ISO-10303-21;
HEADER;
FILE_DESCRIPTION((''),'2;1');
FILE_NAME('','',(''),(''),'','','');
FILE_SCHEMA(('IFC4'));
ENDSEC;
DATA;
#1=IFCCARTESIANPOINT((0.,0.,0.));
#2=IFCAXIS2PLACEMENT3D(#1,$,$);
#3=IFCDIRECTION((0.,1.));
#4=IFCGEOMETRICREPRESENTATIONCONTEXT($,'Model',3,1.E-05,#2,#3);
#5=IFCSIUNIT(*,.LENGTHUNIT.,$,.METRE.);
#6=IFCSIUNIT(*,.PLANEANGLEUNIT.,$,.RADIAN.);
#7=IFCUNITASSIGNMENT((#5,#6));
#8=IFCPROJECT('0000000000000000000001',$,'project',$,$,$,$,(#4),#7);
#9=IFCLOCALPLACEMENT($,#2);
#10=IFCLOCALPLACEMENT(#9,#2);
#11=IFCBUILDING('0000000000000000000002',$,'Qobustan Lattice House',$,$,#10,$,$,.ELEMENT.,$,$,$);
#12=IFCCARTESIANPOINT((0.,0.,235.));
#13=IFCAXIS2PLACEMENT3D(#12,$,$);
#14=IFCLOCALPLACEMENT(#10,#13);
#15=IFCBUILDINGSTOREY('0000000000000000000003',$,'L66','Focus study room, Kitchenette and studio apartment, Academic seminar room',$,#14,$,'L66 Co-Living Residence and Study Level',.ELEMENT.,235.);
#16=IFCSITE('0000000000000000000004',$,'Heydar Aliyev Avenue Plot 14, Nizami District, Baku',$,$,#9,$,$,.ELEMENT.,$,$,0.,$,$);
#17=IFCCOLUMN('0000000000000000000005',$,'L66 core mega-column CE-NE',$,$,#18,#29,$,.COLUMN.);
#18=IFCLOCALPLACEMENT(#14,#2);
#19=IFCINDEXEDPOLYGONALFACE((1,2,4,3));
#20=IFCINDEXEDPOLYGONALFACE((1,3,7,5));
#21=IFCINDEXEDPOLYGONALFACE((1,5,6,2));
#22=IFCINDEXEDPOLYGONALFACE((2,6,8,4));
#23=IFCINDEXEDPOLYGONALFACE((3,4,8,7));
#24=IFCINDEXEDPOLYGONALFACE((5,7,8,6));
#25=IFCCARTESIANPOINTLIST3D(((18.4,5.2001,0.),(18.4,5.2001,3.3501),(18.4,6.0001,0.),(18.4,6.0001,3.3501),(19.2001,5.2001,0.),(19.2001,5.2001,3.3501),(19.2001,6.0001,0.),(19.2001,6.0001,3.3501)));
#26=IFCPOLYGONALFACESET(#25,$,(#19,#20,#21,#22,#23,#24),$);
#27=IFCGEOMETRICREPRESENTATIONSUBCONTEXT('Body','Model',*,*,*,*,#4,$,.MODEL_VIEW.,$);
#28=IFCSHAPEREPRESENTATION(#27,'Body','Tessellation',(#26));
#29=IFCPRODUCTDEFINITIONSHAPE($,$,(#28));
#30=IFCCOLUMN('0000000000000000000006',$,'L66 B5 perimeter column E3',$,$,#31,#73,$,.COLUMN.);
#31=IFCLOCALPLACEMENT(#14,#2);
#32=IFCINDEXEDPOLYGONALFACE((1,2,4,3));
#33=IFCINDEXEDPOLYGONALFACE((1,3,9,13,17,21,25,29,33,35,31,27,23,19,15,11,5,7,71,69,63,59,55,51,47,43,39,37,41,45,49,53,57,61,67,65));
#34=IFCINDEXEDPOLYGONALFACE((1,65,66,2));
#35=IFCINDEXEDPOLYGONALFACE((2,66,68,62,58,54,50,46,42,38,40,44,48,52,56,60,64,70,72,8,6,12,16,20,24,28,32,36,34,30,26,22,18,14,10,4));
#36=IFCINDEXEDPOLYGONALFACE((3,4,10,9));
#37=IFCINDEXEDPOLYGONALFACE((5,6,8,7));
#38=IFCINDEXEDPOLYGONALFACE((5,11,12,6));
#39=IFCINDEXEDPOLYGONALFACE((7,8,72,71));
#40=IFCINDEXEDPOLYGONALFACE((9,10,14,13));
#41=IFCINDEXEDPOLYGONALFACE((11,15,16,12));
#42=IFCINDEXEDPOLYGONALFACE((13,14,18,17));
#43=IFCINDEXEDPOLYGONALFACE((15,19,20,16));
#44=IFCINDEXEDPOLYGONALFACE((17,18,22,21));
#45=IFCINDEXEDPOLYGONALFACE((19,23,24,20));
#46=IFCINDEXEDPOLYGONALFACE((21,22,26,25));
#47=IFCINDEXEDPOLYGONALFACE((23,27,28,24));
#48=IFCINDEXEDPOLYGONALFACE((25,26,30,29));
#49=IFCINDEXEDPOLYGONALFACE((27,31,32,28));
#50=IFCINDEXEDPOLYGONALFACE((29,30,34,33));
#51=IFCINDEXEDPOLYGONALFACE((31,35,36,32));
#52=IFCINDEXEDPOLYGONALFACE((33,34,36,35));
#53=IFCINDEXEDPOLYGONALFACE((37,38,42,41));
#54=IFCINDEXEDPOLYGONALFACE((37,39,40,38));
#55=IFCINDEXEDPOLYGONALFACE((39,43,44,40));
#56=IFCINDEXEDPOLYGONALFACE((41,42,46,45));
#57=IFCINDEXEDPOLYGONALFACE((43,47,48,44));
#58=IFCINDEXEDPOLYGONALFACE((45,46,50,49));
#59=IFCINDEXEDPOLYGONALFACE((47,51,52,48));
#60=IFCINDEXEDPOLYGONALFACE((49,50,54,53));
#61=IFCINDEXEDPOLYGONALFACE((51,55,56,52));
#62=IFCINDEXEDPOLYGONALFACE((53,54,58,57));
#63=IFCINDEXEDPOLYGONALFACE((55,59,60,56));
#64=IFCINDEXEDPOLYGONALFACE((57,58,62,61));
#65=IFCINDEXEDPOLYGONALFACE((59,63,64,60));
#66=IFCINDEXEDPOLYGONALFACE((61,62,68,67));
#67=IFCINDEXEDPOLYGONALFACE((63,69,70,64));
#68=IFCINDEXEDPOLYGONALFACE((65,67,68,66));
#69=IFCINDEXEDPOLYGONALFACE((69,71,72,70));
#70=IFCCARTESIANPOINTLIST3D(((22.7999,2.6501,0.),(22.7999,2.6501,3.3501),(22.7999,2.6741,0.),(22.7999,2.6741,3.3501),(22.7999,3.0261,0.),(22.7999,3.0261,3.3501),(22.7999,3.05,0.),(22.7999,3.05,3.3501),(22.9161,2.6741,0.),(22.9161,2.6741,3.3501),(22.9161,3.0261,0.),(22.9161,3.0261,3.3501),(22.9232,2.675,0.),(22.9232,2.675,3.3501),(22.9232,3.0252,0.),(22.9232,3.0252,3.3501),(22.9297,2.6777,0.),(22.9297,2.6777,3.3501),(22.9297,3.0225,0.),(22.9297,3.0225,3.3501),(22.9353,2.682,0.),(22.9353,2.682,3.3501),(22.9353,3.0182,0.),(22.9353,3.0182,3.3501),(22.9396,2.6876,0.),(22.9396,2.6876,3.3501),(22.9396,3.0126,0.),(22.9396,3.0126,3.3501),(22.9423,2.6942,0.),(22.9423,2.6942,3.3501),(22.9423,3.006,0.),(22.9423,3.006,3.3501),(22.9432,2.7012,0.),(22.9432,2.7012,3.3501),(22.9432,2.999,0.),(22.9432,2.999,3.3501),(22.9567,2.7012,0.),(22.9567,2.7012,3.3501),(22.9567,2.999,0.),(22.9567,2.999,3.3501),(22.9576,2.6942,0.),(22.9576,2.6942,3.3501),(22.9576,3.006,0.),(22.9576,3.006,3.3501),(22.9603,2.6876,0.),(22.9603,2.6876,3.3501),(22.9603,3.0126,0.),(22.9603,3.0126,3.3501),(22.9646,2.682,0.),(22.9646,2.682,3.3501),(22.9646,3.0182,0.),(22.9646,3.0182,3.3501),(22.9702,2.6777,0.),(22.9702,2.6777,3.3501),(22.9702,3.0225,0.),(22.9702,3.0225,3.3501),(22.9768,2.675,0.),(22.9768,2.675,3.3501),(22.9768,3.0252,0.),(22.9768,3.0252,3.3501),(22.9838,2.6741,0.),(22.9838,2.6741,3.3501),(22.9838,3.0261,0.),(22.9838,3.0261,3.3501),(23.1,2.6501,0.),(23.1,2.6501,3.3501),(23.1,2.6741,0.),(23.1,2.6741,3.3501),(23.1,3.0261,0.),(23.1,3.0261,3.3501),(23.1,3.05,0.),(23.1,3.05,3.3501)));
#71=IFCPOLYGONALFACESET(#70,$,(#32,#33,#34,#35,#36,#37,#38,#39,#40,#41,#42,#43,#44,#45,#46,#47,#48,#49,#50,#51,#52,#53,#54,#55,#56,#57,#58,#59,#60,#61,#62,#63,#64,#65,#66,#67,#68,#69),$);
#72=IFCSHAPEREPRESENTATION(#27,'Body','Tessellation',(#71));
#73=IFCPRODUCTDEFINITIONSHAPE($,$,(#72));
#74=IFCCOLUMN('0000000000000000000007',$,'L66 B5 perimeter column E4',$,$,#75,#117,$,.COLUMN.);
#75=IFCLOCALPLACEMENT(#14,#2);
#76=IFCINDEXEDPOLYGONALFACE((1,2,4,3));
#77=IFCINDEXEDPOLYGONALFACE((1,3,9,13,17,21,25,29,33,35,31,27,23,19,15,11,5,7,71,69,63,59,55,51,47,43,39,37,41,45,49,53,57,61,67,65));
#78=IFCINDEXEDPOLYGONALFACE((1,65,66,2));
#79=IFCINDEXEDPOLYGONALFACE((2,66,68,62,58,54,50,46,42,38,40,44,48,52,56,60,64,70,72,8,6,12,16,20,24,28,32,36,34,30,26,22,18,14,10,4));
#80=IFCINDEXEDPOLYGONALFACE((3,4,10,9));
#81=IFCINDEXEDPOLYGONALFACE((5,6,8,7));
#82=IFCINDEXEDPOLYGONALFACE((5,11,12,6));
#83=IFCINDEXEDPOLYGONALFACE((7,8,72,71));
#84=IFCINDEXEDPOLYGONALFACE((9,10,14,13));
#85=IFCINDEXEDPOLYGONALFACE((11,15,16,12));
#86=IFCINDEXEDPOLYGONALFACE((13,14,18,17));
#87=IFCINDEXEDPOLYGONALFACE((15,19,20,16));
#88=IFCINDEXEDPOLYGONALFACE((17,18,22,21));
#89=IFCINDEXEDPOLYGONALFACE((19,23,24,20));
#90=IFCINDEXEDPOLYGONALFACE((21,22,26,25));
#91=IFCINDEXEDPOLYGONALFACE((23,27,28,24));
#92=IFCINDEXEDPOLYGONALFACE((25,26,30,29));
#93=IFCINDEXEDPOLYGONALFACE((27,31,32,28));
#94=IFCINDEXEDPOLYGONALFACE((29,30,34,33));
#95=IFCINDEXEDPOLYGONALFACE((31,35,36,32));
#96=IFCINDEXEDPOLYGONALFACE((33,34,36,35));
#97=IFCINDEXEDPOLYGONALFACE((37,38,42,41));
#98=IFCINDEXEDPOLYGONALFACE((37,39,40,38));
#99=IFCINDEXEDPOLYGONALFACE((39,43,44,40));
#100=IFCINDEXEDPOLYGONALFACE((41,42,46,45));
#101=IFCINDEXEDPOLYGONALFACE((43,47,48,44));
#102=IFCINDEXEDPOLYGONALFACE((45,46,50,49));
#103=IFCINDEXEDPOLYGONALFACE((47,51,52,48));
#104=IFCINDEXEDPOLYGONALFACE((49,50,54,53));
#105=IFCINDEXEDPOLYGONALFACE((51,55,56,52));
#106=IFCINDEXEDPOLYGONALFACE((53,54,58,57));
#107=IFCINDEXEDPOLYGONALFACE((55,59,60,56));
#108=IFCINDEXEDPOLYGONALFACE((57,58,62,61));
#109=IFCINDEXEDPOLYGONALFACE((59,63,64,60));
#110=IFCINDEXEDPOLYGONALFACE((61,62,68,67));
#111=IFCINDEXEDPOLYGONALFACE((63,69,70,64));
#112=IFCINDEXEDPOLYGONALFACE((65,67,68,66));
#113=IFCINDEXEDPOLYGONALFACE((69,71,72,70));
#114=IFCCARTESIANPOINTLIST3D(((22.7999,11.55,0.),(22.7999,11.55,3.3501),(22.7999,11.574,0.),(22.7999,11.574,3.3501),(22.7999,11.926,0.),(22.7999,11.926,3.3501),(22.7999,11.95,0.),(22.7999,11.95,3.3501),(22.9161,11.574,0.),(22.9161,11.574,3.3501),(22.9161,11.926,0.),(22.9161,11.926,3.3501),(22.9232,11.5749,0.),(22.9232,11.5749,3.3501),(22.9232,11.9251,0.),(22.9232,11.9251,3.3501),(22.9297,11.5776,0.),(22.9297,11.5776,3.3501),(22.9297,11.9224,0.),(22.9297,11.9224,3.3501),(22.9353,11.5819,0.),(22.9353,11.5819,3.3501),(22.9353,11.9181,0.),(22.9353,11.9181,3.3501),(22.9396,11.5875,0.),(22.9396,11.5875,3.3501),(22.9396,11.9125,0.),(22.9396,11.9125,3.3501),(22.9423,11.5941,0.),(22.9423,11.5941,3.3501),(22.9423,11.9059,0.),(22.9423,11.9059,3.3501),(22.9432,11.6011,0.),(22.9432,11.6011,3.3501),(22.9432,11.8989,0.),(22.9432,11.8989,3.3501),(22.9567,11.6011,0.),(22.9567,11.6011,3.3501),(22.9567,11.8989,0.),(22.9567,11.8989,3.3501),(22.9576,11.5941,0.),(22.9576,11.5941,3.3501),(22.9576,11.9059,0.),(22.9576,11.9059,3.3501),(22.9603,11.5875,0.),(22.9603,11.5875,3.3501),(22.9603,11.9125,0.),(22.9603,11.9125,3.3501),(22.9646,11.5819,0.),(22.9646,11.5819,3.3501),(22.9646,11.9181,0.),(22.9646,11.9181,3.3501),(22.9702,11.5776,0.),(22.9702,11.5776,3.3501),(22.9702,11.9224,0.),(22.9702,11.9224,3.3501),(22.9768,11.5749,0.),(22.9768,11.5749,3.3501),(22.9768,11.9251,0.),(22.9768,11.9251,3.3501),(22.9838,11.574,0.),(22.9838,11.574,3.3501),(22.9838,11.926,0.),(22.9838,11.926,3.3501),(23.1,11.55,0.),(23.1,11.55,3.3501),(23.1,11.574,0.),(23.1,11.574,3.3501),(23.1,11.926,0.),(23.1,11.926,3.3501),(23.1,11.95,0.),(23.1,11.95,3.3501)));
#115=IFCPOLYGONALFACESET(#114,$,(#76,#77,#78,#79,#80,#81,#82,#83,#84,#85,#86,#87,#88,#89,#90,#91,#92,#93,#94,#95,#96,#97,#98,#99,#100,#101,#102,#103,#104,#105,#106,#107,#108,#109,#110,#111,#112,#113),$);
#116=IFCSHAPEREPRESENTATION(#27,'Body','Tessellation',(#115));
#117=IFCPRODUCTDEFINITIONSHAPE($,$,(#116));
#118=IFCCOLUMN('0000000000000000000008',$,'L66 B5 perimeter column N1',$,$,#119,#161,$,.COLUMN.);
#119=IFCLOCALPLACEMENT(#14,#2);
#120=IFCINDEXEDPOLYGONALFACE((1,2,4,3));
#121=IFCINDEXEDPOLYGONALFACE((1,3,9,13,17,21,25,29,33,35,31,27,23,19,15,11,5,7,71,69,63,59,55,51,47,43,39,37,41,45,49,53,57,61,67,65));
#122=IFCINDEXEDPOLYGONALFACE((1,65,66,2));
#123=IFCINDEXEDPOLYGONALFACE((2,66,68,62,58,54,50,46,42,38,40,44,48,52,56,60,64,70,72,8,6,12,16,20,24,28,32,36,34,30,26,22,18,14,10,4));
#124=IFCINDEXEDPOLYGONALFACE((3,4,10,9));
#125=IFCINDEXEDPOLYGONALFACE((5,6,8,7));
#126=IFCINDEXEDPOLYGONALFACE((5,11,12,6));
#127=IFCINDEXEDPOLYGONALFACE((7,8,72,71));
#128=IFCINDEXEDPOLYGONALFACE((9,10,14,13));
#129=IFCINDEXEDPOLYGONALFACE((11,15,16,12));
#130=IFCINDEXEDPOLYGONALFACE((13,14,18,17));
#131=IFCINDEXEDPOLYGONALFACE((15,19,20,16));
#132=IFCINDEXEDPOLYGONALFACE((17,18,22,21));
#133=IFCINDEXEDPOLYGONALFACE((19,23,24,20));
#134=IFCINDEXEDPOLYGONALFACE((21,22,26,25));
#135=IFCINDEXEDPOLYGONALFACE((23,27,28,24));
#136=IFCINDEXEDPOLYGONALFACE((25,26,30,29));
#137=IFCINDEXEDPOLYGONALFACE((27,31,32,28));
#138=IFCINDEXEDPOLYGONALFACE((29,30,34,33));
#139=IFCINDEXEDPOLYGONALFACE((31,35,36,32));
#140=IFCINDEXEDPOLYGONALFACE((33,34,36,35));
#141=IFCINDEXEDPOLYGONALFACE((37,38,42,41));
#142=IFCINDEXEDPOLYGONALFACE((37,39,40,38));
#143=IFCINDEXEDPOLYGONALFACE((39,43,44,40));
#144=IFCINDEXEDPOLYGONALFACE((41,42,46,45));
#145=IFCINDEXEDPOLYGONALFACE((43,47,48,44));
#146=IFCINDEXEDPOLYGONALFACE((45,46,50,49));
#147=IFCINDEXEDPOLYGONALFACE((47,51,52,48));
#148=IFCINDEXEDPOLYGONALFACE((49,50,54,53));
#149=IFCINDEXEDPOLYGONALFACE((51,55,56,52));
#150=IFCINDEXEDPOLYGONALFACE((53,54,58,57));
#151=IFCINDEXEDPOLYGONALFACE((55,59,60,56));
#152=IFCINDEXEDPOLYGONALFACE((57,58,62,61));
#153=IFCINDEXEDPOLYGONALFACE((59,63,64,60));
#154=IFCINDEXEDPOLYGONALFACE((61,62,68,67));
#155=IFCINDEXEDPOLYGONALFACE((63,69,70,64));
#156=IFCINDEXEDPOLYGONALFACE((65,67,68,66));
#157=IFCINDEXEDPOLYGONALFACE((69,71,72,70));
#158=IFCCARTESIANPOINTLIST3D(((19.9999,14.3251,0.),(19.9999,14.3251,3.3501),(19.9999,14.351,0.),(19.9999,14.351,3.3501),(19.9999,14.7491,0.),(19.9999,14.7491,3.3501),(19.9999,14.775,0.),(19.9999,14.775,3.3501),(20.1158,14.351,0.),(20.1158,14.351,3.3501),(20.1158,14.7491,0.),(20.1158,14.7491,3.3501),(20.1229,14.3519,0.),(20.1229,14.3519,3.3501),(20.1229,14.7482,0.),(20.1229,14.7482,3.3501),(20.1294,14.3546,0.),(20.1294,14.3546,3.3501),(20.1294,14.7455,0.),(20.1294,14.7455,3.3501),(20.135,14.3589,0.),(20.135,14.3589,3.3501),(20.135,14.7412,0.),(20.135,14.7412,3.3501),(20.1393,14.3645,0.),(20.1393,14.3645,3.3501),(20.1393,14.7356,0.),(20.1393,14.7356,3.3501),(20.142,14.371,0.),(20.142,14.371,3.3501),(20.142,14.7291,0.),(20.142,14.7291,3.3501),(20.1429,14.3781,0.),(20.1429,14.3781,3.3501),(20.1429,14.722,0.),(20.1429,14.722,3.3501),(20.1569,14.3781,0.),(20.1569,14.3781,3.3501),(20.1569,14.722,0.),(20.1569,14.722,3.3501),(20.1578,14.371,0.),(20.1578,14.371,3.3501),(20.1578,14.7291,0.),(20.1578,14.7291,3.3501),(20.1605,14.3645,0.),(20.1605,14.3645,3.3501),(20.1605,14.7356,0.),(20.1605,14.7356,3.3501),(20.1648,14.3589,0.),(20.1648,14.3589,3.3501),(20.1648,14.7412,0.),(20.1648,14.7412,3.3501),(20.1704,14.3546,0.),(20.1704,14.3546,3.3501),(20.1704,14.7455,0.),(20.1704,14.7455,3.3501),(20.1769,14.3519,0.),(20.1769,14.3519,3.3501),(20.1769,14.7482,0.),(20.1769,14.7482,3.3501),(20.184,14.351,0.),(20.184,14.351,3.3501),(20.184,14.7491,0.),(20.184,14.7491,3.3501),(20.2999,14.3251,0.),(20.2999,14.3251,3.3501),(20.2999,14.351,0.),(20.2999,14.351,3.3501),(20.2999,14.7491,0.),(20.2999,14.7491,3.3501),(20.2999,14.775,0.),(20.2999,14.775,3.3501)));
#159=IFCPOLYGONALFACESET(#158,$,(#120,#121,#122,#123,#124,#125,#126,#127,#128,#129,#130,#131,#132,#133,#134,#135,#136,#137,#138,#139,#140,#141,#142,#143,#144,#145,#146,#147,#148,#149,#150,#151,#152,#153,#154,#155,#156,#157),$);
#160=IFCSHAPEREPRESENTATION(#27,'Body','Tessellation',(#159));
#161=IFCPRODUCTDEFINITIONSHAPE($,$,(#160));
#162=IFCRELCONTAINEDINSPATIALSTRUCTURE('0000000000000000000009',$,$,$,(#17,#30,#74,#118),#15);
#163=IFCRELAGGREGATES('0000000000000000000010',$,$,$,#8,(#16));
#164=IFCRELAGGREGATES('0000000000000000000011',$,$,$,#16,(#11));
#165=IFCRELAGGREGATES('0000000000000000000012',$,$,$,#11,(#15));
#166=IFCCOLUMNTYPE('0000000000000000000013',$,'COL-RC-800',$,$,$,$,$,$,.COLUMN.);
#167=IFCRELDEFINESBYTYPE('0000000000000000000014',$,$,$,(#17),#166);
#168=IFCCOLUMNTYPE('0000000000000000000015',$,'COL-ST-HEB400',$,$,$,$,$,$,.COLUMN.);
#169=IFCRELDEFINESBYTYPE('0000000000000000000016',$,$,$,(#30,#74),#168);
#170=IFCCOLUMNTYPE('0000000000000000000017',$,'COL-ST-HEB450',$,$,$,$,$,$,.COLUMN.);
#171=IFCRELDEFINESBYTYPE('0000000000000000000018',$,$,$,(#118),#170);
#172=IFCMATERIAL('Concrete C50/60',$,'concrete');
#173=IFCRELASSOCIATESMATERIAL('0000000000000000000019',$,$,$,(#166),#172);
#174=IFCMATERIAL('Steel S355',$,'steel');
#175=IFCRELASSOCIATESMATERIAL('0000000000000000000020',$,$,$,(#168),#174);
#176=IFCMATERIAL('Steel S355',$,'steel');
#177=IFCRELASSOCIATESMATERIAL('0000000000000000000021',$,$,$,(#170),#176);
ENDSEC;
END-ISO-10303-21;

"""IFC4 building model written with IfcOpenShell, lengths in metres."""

from ifc_helpers import new_model, si_unit, direction, frame, origin, origin_2d, place, context, subcontext, project, spatial, rectangle, i_section, extrude, material, material_profile, profile_set, type_object, element, save


model = new_model("IFC4")

# Units and contexts
model_context = context("Model", 3, precision=1e-05, world=origin(), true_north=direction((0.0, 1.0)))
body_context = subcontext(model_context, "Body", "Model", "MODEL_VIEW")
ifc_project = project(units=[si_unit("LENGTHUNIT", "METRE"), si_unit("PLANEANGLEUNIT", "RADIAN")], contexts=[model_context])

# Site, building, storey
site_placement = place(None, origin())
site = spatial("IfcSite", under=ifc_project, at=site_placement, Name="Heydar Aliyev Avenue Plot 14, Nizami District, Baku", CompositionType="ELEMENT", RefElevation=0.0)
building_placement = place(site_placement, origin())
building = spatial("IfcBuilding", under=site, at=building_placement, Name="Qobustan Lattice House", CompositionType="ELEMENT")
storey_placement = place(building_placement, frame((0.0, 0.0, 235.0)))
storey = spatial("IfcBuildingStorey", under=building, at=storey_placement, Name="L66", Description="Focus study room, Kitchenette and studio apartment, Academic seminar room", LongName="L66 Co-Living Residence and Study Level", CompositionType="ELEMENT", Elevation=235.0)

# Columns
ifc_material_1 = material(Name="Concrete C50/60", Category="concrete")
ifc_material_profile_1 = material_profile(ifc_material_1, rectangle(XDim=0.8, YDim=0.8, at=origin_2d()), Name="RC800x800")
ifc_profile_set_1 = profile_set([ifc_material_profile_1], Name="Concrete C50/60")
column_type_1 = type_object("IfcColumnType", Name="COL-RC-800", PredefinedType="COLUMN", material=ifc_profile_set_1)
column_1_placement = place(storey_placement, frame((18.8, 5.6001, 0.0), z_axis=(0.0, 0.0, 1.0), x_axis=(1.0, 0.0, 0.0)))
element("IfcColumn", 1, at=column_1_placement, inside=storey, type_object=column_type_1, Name="L66 core mega-column CE-NE", PredefinedType="COLUMN", context=body_context, shape_type="SweptSolid", body=[
    extrude(rectangle(XDim=0.8, YDim=0.8, at=origin_2d()), origin(), (0.0, 0.0, 1.0), 3.3501),
])
ifc_material_2 = material(Name="Steel S355", Category="steel")
ifc_material_profile_2 = material_profile(ifc_material_2, i_section(OverallWidth=0.3, OverallDepth=0.3999, WebThickness=0.0134, FlangeThickness=0.0239, FilletRadius=0.0271, at=origin_2d()), Name="HEB400")
ifc_profile_set_2 = profile_set([ifc_material_profile_2], Name="Steel S355")
column_type_2 = type_object("IfcColumnType", Name="COL-ST-HEB400", PredefinedType="COLUMN", material=ifc_profile_set_2)
for number, where, z_axis, x_axis, name in (
    (2, (22.95, 2.8501, 0.0), (0.0, 0.0, 1.0), (1.0, 0.0, 0.0), "L66 B5 perimeter column E3"),
    (3, (22.95, 11.75, 0.0), (0.0, 0.0, 1.0), (1.0, 0.0, 0.0), "L66 B5 perimeter column E4"),
):
    element("IfcColumn", number, at=place(storey_placement, frame(where, z_axis=z_axis, x_axis=x_axis)), inside=storey, type_object=column_type_2, Name=name, PredefinedType="COLUMN", context=body_context, shape_type="SweptSolid", body=[
        extrude(i_section(OverallWidth=0.3, OverallDepth=0.3999, WebThickness=0.0134, FlangeThickness=0.0239, FilletRadius=0.0271, at=origin_2d()), origin(), (0.0, 0.0, 1.0), 3.3501),
    ])
ifc_material_3 = material(Name="Steel S355", Category="steel")
ifc_material_profile_3 = material_profile(ifc_material_3, i_section(OverallWidth=0.3, OverallDepth=0.45, WebThickness=0.0139, FlangeThickness=0.0259, FilletRadius=0.0271, at=origin_2d()), Name="HEB450")
ifc_profile_set_3 = profile_set([ifc_material_profile_3], Name="Steel S355")
column_type_3 = type_object("IfcColumnType", Name="COL-ST-HEB450", PredefinedType="COLUMN", material=ifc_profile_set_3)
column_2_placement = place(storey_placement, frame((20.1499, 14.55, 0.0), z_axis=(0.0, 0.0, 1.0), x_axis=(1.0, 0.0, 0.0)))
element("IfcColumn", 4, at=column_2_placement, inside=storey, type_object=column_type_3, Name="L66 B5 perimeter column N1", PredefinedType="COLUMN", context=body_context, shape_type="SweptSolid", body=[
    extrude(i_section(OverallWidth=0.3, OverallDepth=0.45, WebThickness=0.0139, FlangeThickness=0.0259, FilletRadius=0.0271, at=origin_2d()), origin(), (0.0, 0.0, 1.0), 3.3501),
])

save(model, "model.ifc")
